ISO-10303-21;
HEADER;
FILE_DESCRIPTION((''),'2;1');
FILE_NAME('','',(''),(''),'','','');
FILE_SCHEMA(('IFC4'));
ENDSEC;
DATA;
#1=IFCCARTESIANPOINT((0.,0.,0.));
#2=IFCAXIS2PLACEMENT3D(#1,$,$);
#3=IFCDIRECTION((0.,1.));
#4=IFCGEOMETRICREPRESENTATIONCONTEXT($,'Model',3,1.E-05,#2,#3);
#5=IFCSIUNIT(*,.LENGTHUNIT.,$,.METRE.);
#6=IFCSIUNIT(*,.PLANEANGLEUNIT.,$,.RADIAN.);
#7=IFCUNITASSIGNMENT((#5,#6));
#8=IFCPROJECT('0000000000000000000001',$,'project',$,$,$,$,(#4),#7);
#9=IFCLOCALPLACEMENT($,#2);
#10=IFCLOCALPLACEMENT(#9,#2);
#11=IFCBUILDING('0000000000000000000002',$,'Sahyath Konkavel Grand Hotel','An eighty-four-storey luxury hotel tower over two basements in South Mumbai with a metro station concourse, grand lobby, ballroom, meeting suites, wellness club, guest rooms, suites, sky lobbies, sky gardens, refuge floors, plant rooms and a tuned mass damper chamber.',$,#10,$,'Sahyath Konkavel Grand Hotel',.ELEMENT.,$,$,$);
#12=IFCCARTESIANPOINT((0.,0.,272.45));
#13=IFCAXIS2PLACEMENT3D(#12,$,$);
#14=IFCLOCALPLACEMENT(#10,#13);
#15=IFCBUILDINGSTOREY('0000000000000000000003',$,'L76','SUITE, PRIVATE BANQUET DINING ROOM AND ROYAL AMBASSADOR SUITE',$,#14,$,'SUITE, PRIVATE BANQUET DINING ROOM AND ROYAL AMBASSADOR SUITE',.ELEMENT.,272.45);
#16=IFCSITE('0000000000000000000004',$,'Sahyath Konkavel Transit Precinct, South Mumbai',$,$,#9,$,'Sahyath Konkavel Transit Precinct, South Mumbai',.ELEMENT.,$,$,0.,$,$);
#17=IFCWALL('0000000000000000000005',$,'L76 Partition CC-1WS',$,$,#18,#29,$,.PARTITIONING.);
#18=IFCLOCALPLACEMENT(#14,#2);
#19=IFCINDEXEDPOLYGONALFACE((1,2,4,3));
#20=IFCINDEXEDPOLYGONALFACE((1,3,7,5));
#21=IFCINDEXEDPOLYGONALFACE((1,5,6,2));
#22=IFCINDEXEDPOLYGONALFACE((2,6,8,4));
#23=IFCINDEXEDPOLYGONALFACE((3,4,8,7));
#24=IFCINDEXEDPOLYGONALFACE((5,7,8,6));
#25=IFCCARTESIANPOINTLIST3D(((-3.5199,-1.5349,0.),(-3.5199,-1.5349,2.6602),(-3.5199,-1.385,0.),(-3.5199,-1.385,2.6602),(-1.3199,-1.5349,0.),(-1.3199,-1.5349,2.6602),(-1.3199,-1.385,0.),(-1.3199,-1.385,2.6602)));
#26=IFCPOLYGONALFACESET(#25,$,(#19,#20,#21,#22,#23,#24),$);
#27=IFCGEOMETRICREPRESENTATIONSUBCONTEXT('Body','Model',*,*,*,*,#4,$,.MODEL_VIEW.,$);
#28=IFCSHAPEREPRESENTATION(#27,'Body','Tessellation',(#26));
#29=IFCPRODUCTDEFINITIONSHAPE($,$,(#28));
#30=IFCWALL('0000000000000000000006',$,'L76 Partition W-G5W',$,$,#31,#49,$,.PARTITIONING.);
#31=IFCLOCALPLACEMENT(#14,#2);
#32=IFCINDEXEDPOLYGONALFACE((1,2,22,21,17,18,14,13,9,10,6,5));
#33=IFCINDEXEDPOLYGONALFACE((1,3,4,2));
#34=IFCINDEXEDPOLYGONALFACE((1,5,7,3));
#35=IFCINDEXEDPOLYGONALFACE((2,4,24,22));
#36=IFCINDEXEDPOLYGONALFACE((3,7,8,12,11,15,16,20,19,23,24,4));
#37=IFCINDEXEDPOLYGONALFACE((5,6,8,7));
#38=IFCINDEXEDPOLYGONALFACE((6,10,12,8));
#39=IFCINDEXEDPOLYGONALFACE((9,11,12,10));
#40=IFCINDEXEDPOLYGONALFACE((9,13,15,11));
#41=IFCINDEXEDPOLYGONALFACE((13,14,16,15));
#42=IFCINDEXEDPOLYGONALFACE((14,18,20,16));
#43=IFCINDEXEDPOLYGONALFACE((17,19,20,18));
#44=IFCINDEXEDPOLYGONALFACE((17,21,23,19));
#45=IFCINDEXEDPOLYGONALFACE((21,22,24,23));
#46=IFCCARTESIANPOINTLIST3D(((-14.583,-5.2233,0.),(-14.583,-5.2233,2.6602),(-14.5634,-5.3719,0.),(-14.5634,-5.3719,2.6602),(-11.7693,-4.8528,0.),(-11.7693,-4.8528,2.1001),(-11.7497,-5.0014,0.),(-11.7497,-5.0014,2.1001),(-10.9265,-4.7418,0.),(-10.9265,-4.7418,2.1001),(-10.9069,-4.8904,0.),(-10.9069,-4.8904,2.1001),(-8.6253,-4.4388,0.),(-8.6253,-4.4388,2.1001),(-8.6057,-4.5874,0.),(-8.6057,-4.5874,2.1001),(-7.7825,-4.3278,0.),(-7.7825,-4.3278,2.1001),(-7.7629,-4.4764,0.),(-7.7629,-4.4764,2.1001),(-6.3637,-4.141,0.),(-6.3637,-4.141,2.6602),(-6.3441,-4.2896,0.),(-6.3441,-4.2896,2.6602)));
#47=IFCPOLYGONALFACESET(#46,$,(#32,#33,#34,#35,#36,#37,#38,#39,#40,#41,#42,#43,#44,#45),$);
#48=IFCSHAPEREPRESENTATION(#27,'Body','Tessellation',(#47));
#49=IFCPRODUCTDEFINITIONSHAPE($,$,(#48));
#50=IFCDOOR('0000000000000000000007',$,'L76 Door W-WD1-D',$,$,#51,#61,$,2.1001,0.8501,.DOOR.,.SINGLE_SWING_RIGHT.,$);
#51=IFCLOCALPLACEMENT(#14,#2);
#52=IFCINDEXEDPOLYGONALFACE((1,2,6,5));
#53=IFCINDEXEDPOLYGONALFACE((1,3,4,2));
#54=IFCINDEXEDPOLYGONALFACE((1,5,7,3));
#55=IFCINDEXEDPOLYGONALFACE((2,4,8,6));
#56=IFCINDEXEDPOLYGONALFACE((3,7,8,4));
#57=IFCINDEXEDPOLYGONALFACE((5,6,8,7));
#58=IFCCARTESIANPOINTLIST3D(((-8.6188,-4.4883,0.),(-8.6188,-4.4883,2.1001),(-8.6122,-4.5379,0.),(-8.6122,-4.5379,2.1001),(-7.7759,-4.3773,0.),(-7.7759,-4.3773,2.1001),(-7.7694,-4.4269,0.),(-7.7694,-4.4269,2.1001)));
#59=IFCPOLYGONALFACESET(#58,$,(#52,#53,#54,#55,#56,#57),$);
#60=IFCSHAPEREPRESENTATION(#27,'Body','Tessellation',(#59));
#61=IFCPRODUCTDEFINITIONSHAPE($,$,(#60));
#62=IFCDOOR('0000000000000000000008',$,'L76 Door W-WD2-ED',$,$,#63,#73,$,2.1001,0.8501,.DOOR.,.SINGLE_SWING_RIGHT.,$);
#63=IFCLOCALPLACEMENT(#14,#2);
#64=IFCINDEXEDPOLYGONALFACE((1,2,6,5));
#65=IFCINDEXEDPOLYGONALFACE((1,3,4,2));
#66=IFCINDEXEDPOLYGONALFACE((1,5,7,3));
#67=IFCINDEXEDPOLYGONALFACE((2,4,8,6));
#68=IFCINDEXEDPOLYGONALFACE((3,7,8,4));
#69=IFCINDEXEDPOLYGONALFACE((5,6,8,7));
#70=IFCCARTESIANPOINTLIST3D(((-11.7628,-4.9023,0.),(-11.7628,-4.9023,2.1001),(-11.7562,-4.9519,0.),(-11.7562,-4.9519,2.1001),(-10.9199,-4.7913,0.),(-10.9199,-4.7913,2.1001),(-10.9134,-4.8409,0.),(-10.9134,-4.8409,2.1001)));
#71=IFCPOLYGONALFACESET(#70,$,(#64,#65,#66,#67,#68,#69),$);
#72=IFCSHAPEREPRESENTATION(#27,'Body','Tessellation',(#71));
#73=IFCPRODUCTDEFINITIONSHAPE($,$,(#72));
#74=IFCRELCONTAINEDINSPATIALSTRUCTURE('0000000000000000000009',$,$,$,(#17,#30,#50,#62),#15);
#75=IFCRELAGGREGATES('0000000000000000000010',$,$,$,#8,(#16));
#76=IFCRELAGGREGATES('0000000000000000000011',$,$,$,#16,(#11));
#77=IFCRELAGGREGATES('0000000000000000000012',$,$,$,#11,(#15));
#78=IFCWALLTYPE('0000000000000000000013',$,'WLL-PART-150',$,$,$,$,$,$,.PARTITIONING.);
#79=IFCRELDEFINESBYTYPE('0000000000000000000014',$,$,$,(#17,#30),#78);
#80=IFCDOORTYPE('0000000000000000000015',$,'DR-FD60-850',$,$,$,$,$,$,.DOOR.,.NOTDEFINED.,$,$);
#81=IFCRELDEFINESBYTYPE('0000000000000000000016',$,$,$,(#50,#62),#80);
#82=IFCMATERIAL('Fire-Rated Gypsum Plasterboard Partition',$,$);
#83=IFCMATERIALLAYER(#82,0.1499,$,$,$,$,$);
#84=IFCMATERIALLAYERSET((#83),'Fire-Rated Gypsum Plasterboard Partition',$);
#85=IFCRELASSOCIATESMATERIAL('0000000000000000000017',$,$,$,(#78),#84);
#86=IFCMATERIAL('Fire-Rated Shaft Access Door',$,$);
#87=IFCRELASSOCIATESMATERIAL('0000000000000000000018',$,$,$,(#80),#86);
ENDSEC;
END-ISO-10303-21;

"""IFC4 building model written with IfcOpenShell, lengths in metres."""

from ifc_helpers import new_model, si_unit, direction, frame, frame_2d, origin, origin_2d, place, context, subcontext, project, spatial, rectangle, extrude, source, transform, mapped, material, layer, layer_set, type_object, element, fill, save


model = new_model("IFC4")

# Units and contexts
model_context = context("Model", 3, precision=1e-05, world=origin(), true_north=direction((0.0, 1.0)))
body_context = subcontext(model_context, "Body", "Model", "MODEL_VIEW")
ifc_project = project(units=[si_unit("LENGTHUNIT", "METRE"), si_unit("PLANEANGLEUNIT", "RADIAN")], contexts=[model_context])

# Site, building, storey
site_placement = place(None, origin())
site = spatial("IfcSite", under=ifc_project, at=site_placement, Name="Sahyath Konkavel Transit Precinct, South Mumbai", LongName="Sahyath Konkavel Transit Precinct, South Mumbai", CompositionType="ELEMENT", RefElevation=0.0)
building_placement = place(site_placement, origin())
building = spatial("IfcBuilding", under=site, at=building_placement, Name="Sahyath Konkavel Grand Hotel", Description="An eighty-four-storey luxury hotel tower over two basements in South Mumbai with a metro station concourse, grand lobby, ballroom, meeting suites, wellness club, guest rooms, suites, sky lobbies, sky gardens, refuge floors, plant rooms and a tuned mass damper chamber.", LongName="Sahyath Konkavel Grand Hotel", CompositionType="ELEMENT")
storey_placement = place(building_placement, frame((0.0, 0.0, 272.45)))
storey = spatial("IfcBuildingStorey", under=building, at=storey_placement, Name="L76", Description="SUITE, PRIVATE BANQUET DINING ROOM AND ROYAL AMBASSADOR SUITE", LongName="SUITE, PRIVATE BANQUET DINING ROOM AND ROYAL AMBASSADOR SUITE", CompositionType="ELEMENT", Elevation=272.45)

# Wall
ifc_material_1 = material(Name="Fire-Rated Gypsum Plasterboard Partition")
ifc_layer_1 = layer(ifc_material_1, 0.1499)
ifc_layer_set_1 = layer_set([ifc_layer_1], Name="Fire-Rated Gypsum Plasterboard Partition")
wall_type_1 = type_object("IfcWallType", Name="WLL-PART-150", PredefinedType="PARTITIONING", material=ifc_layer_set_1)
wall_1_placement = place(storey_placement, frame((-3.52, -1.46, 0.0), z_axis=(0.0, 0.0, 1.0), x_axis=(1.0, 0.0, 0.0)))
element("IfcWall", 1, at=wall_1_placement, inside=storey, type_object=wall_type_1, Name="L76 Partition CC-1WS", PredefinedType="PARTITIONING", context=body_context, shape_type="SweptSolid", body=[
    extrude(rectangle(XDim=2.2, YDim=0.1499, at=frame_2d((1.1001, 0.0))), origin(), (0.0, 0.0, 1.0), 2.6602),
])

# Wall, openings, doors
wall_2_placement = place(storey_placement, frame((-6.354, -4.2153, 0.0), z_axis=(0.0, 0.0, 1.0), x_axis=(-0.991442, -0.130549, 0.0)))
wall_2 = element("IfcWall", 2, at=wall_2_placement, inside=storey, type_object=wall_type_1, Name="L76 Partition W-G5W", PredefinedType="PARTITIONING", context=body_context, shape_type="SweptSolid", body=[
    extrude(rectangle(XDim=8.2903, YDim=0.1499, at=frame_2d((4.145, 0.0))), origin(), (0.0, 0.0, 1.0), 2.6602),
])
opening_1_placement = place(wall_2_placement, frame((1.4309, 0.0, 0.0)))
opening_1 = element("IfcOpeningElement", 3, at=opening_1_placement, cuts=wall_2, PredefinedType="OPENING", context=body_context, shape_type="SweptSolid", body=[
    extrude(rectangle(XDim=0.8501, YDim=2.1001, at=frame_2d((0.425, 1.05))), frame((0.0, 0.085, 0.0), z_axis=(0.0, -1.0, 0.0), x_axis=(1.0, 0.0, 0.0)), (0.0, 0.0, 1.0), 0.1699),
])
opening_2_placement = place(wall_2_placement, frame((4.6021, 0.0, 0.0)))
opening_2 = element("IfcOpeningElement", 4, at=opening_2_placement, cuts=wall_2, PredefinedType="OPENING", context=body_context, shape_type="SweptSolid", body=[
    extrude(rectangle(XDim=0.8501, YDim=2.1001, at=frame_2d((0.425, 1.05))), frame((0.0, 0.085, 0.0), z_axis=(0.0, -1.0, 0.0), x_axis=(1.0, 0.0, 0.0)), (0.0, 0.0, 1.0), 0.1699),
])
ifc_material_2 = material(Name="Fire-Rated Shaft Access Door")
door_type_1 = type_object("IfcDoorType", Name="DR-FD60-850", OperationType="NOTDEFINED", PredefinedType="DOOR", material=ifc_material_2)
shared_shape_1 = source(origin(), body_context, "Body", "SweptSolid", [
    extrude(rectangle(XDim=0.8501, YDim=0.05, at=origin_2d()), origin(), (0.0, 0.0, 1.0), 2.1001),
])
door_1_placement = place(opening_1_placement, frame((0.425, 0.0, 0.0)))
door_1 = element("IfcDoor", 5, at=door_1_placement, inside=storey, type_object=door_type_1, Name="L76 Door W-WD1-D", OperationType="SINGLE_SWING_RIGHT", OverallHeight=2.1001, OverallWidth=0.8501, PredefinedType="DOOR", context=body_context, shape_type="MappedRepresentation", body=[
    mapped(shared_shape_1, transform((0.0, 0.0, 0.0), scale=1.0)),
])
fill(opening_1, door_1)
door_2_placement = place(opening_2_placement, frame((0.425, 0.0, 0.0)))
door_2 = element("IfcDoor", 6, at=door_2_placement, inside=storey, type_object=door_type_1, Name="L76 Door W-WD2-ED", OperationType="SINGLE_SWING_RIGHT", OverallHeight=2.1001, OverallWidth=0.8501, PredefinedType="DOOR", context=body_context, shape_type="MappedRepresentation", body=[
    mapped(shared_shape_1, transform((0.0, 0.0, 0.0), scale=1.0)),
])
fill(opening_2, door_2)

save(model, "model.ifc")
